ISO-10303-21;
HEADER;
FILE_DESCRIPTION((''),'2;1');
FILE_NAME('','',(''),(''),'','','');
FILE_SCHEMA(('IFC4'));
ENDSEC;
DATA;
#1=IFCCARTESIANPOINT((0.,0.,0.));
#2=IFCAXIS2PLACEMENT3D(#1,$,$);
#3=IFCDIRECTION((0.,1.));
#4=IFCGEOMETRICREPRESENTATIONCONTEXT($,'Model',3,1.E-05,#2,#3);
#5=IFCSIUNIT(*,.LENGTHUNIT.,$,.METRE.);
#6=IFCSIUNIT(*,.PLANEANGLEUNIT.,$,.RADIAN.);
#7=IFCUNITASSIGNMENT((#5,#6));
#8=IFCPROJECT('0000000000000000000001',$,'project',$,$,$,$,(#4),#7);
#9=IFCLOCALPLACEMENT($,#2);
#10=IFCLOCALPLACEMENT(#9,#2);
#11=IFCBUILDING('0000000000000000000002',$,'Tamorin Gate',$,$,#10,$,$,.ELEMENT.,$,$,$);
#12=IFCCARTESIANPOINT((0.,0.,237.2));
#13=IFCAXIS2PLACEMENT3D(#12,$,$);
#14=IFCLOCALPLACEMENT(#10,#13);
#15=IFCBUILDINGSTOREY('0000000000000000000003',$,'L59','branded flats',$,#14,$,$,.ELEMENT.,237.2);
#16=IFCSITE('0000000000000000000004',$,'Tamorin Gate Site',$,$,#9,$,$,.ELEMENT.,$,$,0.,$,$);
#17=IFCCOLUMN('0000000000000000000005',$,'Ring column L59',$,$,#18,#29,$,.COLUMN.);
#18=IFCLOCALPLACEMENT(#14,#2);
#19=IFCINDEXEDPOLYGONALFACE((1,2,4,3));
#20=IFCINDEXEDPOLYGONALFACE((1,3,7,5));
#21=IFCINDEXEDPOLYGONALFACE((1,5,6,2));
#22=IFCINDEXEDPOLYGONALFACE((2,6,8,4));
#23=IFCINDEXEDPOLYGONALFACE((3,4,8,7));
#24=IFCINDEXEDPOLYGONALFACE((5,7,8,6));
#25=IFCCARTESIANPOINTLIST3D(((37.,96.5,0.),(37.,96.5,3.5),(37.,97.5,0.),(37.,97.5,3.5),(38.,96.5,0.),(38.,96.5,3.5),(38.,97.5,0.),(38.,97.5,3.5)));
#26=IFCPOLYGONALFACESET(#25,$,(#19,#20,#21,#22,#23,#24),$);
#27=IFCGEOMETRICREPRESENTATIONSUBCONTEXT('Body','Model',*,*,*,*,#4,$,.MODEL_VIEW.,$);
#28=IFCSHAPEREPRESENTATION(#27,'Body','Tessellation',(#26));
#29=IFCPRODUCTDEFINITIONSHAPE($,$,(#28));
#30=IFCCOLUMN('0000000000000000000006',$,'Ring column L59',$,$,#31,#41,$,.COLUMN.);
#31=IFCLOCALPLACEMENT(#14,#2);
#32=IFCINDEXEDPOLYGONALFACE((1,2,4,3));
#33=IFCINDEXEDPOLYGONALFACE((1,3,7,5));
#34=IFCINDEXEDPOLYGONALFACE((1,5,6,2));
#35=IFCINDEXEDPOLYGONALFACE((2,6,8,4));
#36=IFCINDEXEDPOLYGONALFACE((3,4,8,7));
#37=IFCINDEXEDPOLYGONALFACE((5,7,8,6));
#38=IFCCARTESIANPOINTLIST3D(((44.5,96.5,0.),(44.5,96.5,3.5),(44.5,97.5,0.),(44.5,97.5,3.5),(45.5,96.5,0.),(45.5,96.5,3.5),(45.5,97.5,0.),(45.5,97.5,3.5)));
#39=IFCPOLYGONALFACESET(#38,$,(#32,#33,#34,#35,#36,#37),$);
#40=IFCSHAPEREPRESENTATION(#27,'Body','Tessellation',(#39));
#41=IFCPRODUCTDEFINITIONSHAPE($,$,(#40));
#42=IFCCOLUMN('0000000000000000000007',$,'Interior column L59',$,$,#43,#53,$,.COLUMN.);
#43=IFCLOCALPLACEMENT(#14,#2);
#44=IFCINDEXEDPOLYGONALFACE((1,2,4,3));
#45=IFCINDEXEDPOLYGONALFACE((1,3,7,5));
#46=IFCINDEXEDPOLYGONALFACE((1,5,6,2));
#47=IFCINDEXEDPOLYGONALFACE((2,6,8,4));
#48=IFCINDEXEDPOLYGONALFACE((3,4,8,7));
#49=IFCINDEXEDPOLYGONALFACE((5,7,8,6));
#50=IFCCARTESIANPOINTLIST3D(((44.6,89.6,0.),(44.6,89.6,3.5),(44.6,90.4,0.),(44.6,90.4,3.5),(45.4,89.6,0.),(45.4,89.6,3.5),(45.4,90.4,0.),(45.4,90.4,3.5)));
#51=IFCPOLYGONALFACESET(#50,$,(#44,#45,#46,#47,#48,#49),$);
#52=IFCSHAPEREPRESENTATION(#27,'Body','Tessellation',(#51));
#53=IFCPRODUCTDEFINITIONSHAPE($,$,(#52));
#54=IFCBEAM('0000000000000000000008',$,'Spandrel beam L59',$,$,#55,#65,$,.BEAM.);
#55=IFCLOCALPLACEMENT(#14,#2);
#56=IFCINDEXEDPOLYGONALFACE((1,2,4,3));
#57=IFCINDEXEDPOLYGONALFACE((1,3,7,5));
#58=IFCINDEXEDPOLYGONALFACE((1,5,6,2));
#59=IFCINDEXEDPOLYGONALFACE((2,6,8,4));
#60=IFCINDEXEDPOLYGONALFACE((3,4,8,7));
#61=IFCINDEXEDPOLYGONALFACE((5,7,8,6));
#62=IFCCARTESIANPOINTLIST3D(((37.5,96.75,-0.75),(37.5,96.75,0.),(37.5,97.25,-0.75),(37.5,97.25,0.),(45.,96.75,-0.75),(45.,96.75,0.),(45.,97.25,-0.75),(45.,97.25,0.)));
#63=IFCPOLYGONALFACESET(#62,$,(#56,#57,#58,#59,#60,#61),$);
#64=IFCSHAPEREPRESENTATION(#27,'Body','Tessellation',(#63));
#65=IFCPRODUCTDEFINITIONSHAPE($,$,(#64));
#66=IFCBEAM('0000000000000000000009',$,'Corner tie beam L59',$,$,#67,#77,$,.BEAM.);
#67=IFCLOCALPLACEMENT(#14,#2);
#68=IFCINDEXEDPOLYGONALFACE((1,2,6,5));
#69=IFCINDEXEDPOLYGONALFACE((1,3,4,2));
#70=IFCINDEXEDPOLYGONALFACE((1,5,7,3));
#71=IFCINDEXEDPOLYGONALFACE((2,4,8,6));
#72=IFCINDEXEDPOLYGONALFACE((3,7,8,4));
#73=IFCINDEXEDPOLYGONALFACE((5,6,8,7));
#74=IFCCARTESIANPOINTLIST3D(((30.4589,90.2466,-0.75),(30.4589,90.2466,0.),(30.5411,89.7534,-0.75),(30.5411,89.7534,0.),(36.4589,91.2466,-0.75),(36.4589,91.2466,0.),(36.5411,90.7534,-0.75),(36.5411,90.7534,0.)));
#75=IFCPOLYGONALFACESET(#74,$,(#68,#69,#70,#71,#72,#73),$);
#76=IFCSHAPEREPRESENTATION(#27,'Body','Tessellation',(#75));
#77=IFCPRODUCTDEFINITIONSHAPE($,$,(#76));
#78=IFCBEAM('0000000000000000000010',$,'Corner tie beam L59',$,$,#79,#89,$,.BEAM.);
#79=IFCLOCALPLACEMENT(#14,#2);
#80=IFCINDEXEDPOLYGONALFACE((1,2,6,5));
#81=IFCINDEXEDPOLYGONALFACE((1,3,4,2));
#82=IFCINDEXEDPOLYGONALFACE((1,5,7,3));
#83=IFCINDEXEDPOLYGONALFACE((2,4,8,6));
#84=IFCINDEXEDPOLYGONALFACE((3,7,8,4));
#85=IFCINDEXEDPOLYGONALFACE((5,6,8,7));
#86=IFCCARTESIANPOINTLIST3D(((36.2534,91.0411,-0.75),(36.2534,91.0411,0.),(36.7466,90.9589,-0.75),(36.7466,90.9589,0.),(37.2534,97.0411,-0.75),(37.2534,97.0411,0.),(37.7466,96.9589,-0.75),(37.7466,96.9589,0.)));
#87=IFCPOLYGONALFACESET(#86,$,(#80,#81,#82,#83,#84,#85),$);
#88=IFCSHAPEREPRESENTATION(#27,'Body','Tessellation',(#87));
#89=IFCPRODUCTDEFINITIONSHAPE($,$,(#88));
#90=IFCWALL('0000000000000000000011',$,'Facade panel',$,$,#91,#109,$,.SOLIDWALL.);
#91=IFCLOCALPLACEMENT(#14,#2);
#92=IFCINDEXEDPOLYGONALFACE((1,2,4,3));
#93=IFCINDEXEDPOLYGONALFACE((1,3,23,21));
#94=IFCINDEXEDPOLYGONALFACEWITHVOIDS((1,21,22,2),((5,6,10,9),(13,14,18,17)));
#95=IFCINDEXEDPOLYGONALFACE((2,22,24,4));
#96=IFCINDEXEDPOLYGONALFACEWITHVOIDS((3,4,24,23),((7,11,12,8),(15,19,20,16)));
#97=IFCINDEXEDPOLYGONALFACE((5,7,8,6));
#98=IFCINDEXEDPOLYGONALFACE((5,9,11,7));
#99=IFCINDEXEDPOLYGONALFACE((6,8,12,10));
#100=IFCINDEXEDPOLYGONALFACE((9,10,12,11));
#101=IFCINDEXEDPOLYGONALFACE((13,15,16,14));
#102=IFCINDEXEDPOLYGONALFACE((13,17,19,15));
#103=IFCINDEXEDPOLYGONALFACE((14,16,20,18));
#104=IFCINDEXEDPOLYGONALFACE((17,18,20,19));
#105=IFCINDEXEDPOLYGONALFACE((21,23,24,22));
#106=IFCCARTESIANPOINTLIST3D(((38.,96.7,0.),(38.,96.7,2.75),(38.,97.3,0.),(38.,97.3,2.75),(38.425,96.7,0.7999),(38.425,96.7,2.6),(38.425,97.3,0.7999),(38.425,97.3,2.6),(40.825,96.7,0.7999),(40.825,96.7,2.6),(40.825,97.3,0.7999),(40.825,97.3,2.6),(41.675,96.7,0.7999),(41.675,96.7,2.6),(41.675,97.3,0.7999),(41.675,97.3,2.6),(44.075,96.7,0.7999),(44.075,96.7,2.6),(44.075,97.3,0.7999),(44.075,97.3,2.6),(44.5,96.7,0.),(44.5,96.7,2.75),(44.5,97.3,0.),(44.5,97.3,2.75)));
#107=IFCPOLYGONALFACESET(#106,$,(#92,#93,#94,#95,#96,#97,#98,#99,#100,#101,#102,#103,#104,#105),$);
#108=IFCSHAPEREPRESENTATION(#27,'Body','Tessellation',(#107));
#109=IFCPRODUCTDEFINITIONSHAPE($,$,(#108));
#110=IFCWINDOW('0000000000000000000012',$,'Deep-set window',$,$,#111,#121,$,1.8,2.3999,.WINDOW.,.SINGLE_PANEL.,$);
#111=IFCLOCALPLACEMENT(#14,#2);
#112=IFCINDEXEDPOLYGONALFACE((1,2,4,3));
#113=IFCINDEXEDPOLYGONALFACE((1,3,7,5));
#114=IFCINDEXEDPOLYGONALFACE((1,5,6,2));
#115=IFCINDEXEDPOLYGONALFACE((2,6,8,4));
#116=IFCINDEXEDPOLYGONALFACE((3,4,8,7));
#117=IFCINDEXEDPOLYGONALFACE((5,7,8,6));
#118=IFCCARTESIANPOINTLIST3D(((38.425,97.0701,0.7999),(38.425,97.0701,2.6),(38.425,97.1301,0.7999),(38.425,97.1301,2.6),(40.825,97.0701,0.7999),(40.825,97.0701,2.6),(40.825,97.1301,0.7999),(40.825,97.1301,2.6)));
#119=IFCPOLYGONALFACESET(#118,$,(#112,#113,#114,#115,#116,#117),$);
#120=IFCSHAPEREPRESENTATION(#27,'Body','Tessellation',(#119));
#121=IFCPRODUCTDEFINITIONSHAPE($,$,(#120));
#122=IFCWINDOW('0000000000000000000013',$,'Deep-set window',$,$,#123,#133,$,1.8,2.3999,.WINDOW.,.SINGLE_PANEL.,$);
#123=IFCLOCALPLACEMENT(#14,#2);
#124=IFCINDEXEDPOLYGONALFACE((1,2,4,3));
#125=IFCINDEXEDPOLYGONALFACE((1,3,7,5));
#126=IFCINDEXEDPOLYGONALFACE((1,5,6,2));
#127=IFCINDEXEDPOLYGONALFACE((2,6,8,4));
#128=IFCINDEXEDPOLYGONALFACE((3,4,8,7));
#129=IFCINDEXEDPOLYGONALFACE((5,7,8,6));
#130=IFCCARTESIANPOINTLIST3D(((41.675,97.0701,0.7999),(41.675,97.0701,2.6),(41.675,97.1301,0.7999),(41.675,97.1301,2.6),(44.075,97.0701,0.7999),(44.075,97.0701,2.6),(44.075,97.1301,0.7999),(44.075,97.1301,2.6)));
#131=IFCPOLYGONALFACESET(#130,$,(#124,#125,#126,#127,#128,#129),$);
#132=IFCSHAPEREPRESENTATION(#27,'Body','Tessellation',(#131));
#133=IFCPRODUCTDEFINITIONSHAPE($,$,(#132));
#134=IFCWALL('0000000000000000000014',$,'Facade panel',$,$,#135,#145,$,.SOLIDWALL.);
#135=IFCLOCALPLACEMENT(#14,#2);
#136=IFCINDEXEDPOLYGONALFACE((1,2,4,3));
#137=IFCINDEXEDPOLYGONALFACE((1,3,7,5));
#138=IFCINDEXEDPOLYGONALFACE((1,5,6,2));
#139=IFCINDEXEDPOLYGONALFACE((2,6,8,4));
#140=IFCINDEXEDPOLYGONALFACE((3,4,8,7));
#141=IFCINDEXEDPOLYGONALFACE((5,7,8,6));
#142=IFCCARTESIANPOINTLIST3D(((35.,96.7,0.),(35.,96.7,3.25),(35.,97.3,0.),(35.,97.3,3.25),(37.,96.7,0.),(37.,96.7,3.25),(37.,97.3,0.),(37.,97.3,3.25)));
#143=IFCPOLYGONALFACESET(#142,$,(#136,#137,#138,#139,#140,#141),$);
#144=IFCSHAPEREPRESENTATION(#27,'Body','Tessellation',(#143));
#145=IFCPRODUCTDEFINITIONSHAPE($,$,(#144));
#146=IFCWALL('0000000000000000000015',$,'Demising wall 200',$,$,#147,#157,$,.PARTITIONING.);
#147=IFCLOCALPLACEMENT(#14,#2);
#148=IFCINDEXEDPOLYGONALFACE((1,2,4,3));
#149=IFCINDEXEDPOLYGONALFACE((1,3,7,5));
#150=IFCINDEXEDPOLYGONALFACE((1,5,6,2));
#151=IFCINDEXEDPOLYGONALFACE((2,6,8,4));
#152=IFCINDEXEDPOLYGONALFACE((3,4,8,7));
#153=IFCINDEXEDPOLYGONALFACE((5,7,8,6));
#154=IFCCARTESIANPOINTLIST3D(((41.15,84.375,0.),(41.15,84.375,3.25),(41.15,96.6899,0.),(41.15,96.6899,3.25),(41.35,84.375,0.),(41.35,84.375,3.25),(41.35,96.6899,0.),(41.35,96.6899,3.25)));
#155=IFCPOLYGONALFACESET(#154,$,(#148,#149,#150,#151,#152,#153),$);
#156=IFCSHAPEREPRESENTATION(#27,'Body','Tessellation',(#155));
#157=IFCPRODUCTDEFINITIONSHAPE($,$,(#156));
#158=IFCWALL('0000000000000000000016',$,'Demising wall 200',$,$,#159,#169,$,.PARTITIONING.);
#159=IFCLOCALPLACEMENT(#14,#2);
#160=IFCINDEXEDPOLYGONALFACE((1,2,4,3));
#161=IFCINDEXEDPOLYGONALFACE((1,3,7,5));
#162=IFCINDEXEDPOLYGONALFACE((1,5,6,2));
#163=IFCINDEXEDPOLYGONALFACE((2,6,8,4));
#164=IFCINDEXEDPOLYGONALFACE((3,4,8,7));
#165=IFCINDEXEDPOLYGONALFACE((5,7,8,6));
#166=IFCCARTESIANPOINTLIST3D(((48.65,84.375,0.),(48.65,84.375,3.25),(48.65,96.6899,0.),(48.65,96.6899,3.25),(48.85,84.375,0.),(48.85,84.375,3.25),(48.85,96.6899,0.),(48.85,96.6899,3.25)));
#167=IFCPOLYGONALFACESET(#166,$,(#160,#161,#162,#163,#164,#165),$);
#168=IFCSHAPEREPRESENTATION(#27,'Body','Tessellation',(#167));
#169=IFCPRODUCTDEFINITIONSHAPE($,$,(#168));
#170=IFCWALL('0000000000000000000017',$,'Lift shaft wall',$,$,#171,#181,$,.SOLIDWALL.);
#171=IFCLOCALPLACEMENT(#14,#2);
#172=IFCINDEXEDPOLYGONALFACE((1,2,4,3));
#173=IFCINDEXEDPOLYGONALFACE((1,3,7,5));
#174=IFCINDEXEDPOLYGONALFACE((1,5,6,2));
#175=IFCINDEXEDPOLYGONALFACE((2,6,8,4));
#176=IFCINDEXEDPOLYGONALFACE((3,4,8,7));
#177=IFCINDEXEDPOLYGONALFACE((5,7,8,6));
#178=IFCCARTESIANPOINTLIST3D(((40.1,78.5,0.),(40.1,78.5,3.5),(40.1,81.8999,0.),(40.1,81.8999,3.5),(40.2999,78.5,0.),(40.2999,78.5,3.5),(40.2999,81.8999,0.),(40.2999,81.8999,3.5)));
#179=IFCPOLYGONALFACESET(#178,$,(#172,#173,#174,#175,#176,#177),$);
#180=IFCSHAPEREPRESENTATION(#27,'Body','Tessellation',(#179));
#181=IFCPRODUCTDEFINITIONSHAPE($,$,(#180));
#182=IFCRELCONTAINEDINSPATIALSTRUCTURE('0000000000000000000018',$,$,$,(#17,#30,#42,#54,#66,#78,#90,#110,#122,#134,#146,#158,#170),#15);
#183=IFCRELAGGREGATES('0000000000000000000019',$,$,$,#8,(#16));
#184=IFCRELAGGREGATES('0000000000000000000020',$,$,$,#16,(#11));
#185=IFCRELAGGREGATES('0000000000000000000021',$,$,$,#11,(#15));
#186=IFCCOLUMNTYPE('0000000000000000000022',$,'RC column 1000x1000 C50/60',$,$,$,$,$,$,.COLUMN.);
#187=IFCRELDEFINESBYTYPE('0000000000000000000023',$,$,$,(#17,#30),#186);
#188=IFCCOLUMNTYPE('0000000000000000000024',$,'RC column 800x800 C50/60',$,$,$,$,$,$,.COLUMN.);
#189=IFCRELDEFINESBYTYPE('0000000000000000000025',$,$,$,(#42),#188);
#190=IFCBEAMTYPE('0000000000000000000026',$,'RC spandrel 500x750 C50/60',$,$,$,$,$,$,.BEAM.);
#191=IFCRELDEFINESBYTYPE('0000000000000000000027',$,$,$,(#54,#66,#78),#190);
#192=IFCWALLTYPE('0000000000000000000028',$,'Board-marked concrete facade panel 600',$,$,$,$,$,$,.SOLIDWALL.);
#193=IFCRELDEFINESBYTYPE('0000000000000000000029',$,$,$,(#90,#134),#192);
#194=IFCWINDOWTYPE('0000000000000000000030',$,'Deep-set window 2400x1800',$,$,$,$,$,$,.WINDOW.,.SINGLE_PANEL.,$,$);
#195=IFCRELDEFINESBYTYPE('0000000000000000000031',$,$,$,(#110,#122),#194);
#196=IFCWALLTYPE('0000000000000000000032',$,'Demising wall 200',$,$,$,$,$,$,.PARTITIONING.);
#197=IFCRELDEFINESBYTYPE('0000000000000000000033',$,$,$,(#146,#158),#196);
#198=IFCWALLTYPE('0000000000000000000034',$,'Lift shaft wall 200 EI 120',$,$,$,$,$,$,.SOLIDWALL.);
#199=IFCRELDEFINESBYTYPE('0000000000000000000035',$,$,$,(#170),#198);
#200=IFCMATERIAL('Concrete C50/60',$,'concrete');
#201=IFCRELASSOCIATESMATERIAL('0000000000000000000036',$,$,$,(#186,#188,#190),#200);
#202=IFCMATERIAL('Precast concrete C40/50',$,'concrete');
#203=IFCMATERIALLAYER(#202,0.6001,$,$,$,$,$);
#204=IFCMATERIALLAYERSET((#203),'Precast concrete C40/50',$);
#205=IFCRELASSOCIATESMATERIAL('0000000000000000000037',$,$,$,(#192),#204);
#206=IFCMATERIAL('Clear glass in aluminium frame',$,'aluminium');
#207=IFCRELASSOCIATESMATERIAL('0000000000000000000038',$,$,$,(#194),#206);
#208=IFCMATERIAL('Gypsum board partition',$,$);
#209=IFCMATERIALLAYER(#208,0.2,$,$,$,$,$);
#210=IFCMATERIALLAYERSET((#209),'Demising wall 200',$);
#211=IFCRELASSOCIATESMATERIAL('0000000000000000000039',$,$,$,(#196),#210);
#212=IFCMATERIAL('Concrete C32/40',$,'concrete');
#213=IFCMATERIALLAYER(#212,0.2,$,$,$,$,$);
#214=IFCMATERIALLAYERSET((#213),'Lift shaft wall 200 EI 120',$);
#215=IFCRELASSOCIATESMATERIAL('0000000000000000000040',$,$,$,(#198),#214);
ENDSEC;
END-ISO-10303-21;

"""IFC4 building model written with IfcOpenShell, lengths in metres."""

from ifc_helpers import new_model, si_unit, direction, frame, frame_2d, origin, origin_2d, place, context, subcontext, project, spatial, rectangle, extrude, material, layer, layer_set, material_profile, profile_set, type_object, element, fill, save


model = new_model("IFC4")

# Units and contexts
model_context = context("Model", 3, precision=1e-05, world=origin(), true_north=direction((0.0, 1.0)))
body_context = subcontext(model_context, "Body", "Model", "MODEL_VIEW")
ifc_project = project(units=[si_unit("LENGTHUNIT", "METRE"), si_unit("PLANEANGLEUNIT", "RADIAN")], contexts=[model_context])

# Site, building, storey
site_placement = place(None, origin())
site = spatial("IfcSite", under=ifc_project, at=site_placement, Name="Tamorin Gate Site", CompositionType="ELEMENT", RefElevation=0.0)
building_placement = place(site_placement, origin())
building = spatial("IfcBuilding", under=site, at=building_placement, Name="Tamorin Gate", CompositionType="ELEMENT")
storey_placement = place(building_placement, frame((0.0, 0.0, 237.2)))
storey = spatial("IfcBuildingStorey", under=building, at=storey_placement, Name="L59", Description="branded flats", CompositionType="ELEMENT", Elevation=237.2)

# Columns
ifc_material_1 = material(Name="Concrete C50/60", Category="concrete")
ifc_material_profile_1 = material_profile(ifc_material_1, rectangle(XDim=1.0, YDim=1.0, at=origin_2d()), Name="RC 1000x1000")
ifc_profile_set_1 = profile_set([ifc_material_profile_1], Name="Concrete C50/60")
column_type_1 = type_object("IfcColumnType", Name="RC column 1000x1000 C50/60", PredefinedType="COLUMN", material=ifc_profile_set_1)
for number, where, z_axis, x_axis, name in (
    (1, (37.5, 97.0, 0.0), (0.0, 0.0, 1.0), (1.0, 0.0, 0.0), "Ring column L59"),
    (2, (45.0, 97.0, 0.0), (0.0, 0.0, 1.0), (1.0, 0.0, 0.0), "Ring column L59"),
):
    element("IfcColumn", number, at=place(storey_placement, frame(where, z_axis=z_axis, x_axis=x_axis)), inside=storey, type_object=column_type_1, Name=name, PredefinedType="COLUMN", context=body_context, shape_type="SweptSolid", body=[
        extrude(rectangle(XDim=1.0, YDim=1.0, at=origin_2d()), origin(), (0.0, 0.0, 1.0), 3.5),
    ])
ifc_material_profile_2 = material_profile(ifc_material_1, rectangle(XDim=0.8, YDim=0.8, at=origin_2d()), Name="RC 800x800")
ifc_profile_set_2 = profile_set([ifc_material_profile_2], Name="Concrete C50/60")
column_type_2 = type_object("IfcColumnType", Name="RC column 800x800 C50/60", PredefinedType="COLUMN", material=ifc_profile_set_2)
column_placement = place(storey_placement, frame((45.0, 90.0, 0.0), z_axis=(0.0, 0.0, 1.0), x_axis=(1.0, 0.0, 0.0)))
element("IfcColumn", 3, at=column_placement, inside=storey, type_object=column_type_2, Name="Interior column L59", PredefinedType="COLUMN", context=body_context, shape_type="SweptSolid", body=[
    extrude(rectangle(XDim=0.8, YDim=0.8, at=origin_2d()), origin(), (0.0, 0.0, 1.0), 3.5),
])

# Beams
ifc_material_profile_3 = material_profile(ifc_material_1, rectangle(XDim=0.5, YDim=0.75, at=origin_2d()), Name="RC 500x750")
ifc_profile_set_3 = profile_set([ifc_material_profile_3], Name="Concrete C50/60")
beam_type = type_object("IfcBeamType", Name="RC spandrel 500x750 C50/60", PredefinedType="BEAM", material=ifc_profile_set_3)
beam_placement = place(storey_placement, frame((45.0, 97.0, -0.375), z_axis=(-1.0, 0.0, 0.0), x_axis=(0.0, -1.0, 0.0)))
element("IfcBeam", 4, at=beam_placement, inside=storey, type_object=beam_type, Name="Spandrel beam L59", PredefinedType="BEAM", context=body_context, shape_type="SweptSolid", body=[
    extrude(rectangle(XDim=0.5, YDim=0.75, at=origin_2d()), origin(), (0.0, 0.0, 1.0), 7.5),
])
for number, where, z_axis, x_axis, name in (
    (5, (36.5, 91.0, -0.375), (-0.986394, -0.164399, 0.0), (0.164399, -0.986394, 0.0), "Corner tie beam L59"),
    (6, (36.5, 91.0, -0.375), (0.164399, 0.986394, 0.0), (-0.986394, 0.164399, 0.0), "Corner tie beam L59"),
):
    element("IfcBeam", number, at=place(storey_placement, frame(where, z_axis=z_axis, x_axis=x_axis)), inside=storey, type_object=beam_type, Name=name, PredefinedType="BEAM", context=body_context, shape_type="SweptSolid", body=[
        extrude(rectangle(XDim=0.5, YDim=0.75, at=origin_2d()), origin(), (0.0, 0.0, 1.0), 6.0828),
    ])

# Wall, openings, windows
ifc_material_2 = material(Name="Precast concrete C40/50", Category="concrete")
ifc_layer_1 = layer(ifc_material_2, 0.6001)
ifc_layer_set_1 = layer_set([ifc_layer_1], Name="Precast concrete C40/50")
wall_type_1 = type_object("IfcWallType", Name="Board-marked concrete facade panel 600", PredefinedType="SOLIDWALL", material=ifc_layer_set_1)
wall_1_placement = place(storey_placement, frame((44.5, 97.0, 0.0), z_axis=(0.0, 0.0, 1.0), x_axis=(-1.0, 0.0, 0.0)))
wall_1 = element("IfcWall", 7, at=wall_1_placement, inside=storey, type_object=wall_type_1, Name="Facade panel", PredefinedType="SOLIDWALL", context=body_context, shape_type="SweptSolid", body=[
    extrude(rectangle(XDim=6.5, YDim=0.6001, at=frame_2d((3.25, 0.0))), origin(), (0.0, 0.0, 1.0), 2.75),
])
opening_1_placement = place(wall_1_placement, frame((3.675, 0.0, 0.8)))
opening_1 = element("IfcOpeningElement", 8, at=opening_1_placement, cuts=wall_1, PredefinedType="OPENING", context=body_context, shape_type="SweptSolid", body=[
    extrude(rectangle(XDim=2.3999, YDim=1.8, at=frame_2d((1.2, 0.8999))), frame((0.0, 0.3101, 0.0), z_axis=(0.0, -1.0, 0.0), x_axis=(1.0, 0.0, 0.0)), (0.0, 0.0, 1.0), 0.6201),
])
opening_2_placement = place(wall_1_placement, frame((0.425, 0.0, 0.8)))
opening_2 = element("IfcOpeningElement", 9, at=opening_2_placement, cuts=wall_1, PredefinedType="OPENING", context=body_context, shape_type="SweptSolid", body=[
    extrude(rectangle(XDim=2.3999, YDim=1.8, at=frame_2d((1.2, 0.8999))), frame((0.0, 0.3101, 0.0), z_axis=(0.0, -1.0, 0.0), x_axis=(1.0, 0.0, 0.0)), (0.0, 0.0, 1.0), 0.6201),
])
ifc_material_3 = material(Name="Clear glass in aluminium frame", Category="aluminium")
window_type = type_object("IfcWindowType", Name="Deep-set window 2400x1800", PartitioningType="SINGLE_PANEL", PredefinedType="WINDOW", material=ifc_material_3)
window_1_placement = place(opening_1_placement, origin())
window_1 = element("IfcWindow", 10, at=window_1_placement, inside=storey, type_object=window_type, Name="Deep-set window", OverallHeight=1.8, OverallWidth=2.3999, PartitioningType="SINGLE_PANEL", PredefinedType="WINDOW", context=body_context, shape_type="SweptSolid", body=[
    extrude(rectangle(XDim=2.3999, YDim=1.8, at=frame_2d((1.2, 0.8999))), frame((0.0, -0.0701, 0.0), z_axis=(0.0, -1.0, 0.0), x_axis=(1.0, 0.0, 0.0)), (0.0, 0.0, 1.0), 0.0601),
])
fill(opening_1, window_1)
window_2_placement = place(opening_2_placement, origin())
window_2 = element("IfcWindow", 11, at=window_2_placement, inside=storey, type_object=window_type, Name="Deep-set window", OverallHeight=1.8, OverallWidth=2.3999, PartitioningType="SINGLE_PANEL", PredefinedType="WINDOW", context=body_context, shape_type="SweptSolid", body=[
    extrude(rectangle(XDim=2.3999, YDim=1.8, at=frame_2d((1.2, 0.8999))), frame((0.0, -0.0701, 0.0), z_axis=(0.0, -1.0, 0.0), x_axis=(1.0, 0.0, 0.0)), (0.0, 0.0, 1.0), 0.0601),
])
fill(opening_2, window_2)

# Walls
wall_2_placement = place(storey_placement, frame((37.0, 97.0, 0.0), z_axis=(0.0, 0.0, 1.0), x_axis=(-1.0, 0.0, 0.0)))
element("IfcWall", 12, at=wall_2_placement, inside=storey, type_object=wall_type_1, Name="Facade panel", PredefinedType="SOLIDWALL", context=body_context, shape_type="SweptSolid", body=[
    extrude(rectangle(XDim=2.0, YDim=0.6001, at=frame_2d((1.0, 0.0))), origin(), (0.0, 0.0, 1.0), 3.25),
])
ifc_material_4 = material(Name="Gypsum board partition")
ifc_layer_2 = layer(ifc_material_4, 0.2)
ifc_layer_set_2 = layer_set([ifc_layer_2], Name="Demising wall 200")
wall_type_2 = type_object("IfcWallType", Name="Demising wall 200", PredefinedType="PARTITIONING", material=ifc_layer_set_2)
for number, where, z_axis, x_axis, name in (
    (13, (41.25, 84.375, 0.0), (0.0, 0.0, 1.0), (0.0, 1.0, 0.0), "Demising wall 200"),
    (14, (48.75, 84.375, 0.0), (0.0, 0.0, 1.0), (0.0, 1.0, 0.0), "Demising wall 200"),
):
    element("IfcWall", number, at=place(storey_placement, frame(where, z_axis=z_axis, x_axis=x_axis)), inside=storey, type_object=wall_type_2, Name=name, PredefinedType="PARTITIONING", context=body_context, shape_type="SweptSolid", body=[
        extrude(rectangle(XDim=12.3149, YDim=0.2, at=frame_2d((6.1575, 0.0))), origin(), (0.0, 0.0, 1.0), 3.25),
    ])
ifc_material_5 = material(Name="Concrete C32/40", Category="concrete")
ifc_layer_3 = layer(ifc_material_5, 0.2)
ifc_layer_set_3 = layer_set([ifc_layer_3], Name="Lift shaft wall 200 EI 120")
wall_type_3 = type_object("IfcWallType", Name="Lift shaft wall 200 EI 120", PredefinedType="SOLIDWALL", material=ifc_layer_set_3)
wall_3_placement = place(storey_placement, frame((40.2, 78.5, 0.0), z_axis=(0.0, 0.0, 1.0), x_axis=(0.0, 1.0, 0.0)))
element("IfcWall", 15, at=wall_3_placement, inside=storey, type_object=wall_type_3, Name="Lift shaft wall", PredefinedType="SOLIDWALL", context=body_context, shape_type="SweptSolid", body=[
    extrude(rectangle(XDim=3.3999, YDim=0.2, at=frame_2d((1.7, 0.0))), origin(), (0.0, 0.0, 1.0), 3.5),
])

save(model, "model.ifc")
